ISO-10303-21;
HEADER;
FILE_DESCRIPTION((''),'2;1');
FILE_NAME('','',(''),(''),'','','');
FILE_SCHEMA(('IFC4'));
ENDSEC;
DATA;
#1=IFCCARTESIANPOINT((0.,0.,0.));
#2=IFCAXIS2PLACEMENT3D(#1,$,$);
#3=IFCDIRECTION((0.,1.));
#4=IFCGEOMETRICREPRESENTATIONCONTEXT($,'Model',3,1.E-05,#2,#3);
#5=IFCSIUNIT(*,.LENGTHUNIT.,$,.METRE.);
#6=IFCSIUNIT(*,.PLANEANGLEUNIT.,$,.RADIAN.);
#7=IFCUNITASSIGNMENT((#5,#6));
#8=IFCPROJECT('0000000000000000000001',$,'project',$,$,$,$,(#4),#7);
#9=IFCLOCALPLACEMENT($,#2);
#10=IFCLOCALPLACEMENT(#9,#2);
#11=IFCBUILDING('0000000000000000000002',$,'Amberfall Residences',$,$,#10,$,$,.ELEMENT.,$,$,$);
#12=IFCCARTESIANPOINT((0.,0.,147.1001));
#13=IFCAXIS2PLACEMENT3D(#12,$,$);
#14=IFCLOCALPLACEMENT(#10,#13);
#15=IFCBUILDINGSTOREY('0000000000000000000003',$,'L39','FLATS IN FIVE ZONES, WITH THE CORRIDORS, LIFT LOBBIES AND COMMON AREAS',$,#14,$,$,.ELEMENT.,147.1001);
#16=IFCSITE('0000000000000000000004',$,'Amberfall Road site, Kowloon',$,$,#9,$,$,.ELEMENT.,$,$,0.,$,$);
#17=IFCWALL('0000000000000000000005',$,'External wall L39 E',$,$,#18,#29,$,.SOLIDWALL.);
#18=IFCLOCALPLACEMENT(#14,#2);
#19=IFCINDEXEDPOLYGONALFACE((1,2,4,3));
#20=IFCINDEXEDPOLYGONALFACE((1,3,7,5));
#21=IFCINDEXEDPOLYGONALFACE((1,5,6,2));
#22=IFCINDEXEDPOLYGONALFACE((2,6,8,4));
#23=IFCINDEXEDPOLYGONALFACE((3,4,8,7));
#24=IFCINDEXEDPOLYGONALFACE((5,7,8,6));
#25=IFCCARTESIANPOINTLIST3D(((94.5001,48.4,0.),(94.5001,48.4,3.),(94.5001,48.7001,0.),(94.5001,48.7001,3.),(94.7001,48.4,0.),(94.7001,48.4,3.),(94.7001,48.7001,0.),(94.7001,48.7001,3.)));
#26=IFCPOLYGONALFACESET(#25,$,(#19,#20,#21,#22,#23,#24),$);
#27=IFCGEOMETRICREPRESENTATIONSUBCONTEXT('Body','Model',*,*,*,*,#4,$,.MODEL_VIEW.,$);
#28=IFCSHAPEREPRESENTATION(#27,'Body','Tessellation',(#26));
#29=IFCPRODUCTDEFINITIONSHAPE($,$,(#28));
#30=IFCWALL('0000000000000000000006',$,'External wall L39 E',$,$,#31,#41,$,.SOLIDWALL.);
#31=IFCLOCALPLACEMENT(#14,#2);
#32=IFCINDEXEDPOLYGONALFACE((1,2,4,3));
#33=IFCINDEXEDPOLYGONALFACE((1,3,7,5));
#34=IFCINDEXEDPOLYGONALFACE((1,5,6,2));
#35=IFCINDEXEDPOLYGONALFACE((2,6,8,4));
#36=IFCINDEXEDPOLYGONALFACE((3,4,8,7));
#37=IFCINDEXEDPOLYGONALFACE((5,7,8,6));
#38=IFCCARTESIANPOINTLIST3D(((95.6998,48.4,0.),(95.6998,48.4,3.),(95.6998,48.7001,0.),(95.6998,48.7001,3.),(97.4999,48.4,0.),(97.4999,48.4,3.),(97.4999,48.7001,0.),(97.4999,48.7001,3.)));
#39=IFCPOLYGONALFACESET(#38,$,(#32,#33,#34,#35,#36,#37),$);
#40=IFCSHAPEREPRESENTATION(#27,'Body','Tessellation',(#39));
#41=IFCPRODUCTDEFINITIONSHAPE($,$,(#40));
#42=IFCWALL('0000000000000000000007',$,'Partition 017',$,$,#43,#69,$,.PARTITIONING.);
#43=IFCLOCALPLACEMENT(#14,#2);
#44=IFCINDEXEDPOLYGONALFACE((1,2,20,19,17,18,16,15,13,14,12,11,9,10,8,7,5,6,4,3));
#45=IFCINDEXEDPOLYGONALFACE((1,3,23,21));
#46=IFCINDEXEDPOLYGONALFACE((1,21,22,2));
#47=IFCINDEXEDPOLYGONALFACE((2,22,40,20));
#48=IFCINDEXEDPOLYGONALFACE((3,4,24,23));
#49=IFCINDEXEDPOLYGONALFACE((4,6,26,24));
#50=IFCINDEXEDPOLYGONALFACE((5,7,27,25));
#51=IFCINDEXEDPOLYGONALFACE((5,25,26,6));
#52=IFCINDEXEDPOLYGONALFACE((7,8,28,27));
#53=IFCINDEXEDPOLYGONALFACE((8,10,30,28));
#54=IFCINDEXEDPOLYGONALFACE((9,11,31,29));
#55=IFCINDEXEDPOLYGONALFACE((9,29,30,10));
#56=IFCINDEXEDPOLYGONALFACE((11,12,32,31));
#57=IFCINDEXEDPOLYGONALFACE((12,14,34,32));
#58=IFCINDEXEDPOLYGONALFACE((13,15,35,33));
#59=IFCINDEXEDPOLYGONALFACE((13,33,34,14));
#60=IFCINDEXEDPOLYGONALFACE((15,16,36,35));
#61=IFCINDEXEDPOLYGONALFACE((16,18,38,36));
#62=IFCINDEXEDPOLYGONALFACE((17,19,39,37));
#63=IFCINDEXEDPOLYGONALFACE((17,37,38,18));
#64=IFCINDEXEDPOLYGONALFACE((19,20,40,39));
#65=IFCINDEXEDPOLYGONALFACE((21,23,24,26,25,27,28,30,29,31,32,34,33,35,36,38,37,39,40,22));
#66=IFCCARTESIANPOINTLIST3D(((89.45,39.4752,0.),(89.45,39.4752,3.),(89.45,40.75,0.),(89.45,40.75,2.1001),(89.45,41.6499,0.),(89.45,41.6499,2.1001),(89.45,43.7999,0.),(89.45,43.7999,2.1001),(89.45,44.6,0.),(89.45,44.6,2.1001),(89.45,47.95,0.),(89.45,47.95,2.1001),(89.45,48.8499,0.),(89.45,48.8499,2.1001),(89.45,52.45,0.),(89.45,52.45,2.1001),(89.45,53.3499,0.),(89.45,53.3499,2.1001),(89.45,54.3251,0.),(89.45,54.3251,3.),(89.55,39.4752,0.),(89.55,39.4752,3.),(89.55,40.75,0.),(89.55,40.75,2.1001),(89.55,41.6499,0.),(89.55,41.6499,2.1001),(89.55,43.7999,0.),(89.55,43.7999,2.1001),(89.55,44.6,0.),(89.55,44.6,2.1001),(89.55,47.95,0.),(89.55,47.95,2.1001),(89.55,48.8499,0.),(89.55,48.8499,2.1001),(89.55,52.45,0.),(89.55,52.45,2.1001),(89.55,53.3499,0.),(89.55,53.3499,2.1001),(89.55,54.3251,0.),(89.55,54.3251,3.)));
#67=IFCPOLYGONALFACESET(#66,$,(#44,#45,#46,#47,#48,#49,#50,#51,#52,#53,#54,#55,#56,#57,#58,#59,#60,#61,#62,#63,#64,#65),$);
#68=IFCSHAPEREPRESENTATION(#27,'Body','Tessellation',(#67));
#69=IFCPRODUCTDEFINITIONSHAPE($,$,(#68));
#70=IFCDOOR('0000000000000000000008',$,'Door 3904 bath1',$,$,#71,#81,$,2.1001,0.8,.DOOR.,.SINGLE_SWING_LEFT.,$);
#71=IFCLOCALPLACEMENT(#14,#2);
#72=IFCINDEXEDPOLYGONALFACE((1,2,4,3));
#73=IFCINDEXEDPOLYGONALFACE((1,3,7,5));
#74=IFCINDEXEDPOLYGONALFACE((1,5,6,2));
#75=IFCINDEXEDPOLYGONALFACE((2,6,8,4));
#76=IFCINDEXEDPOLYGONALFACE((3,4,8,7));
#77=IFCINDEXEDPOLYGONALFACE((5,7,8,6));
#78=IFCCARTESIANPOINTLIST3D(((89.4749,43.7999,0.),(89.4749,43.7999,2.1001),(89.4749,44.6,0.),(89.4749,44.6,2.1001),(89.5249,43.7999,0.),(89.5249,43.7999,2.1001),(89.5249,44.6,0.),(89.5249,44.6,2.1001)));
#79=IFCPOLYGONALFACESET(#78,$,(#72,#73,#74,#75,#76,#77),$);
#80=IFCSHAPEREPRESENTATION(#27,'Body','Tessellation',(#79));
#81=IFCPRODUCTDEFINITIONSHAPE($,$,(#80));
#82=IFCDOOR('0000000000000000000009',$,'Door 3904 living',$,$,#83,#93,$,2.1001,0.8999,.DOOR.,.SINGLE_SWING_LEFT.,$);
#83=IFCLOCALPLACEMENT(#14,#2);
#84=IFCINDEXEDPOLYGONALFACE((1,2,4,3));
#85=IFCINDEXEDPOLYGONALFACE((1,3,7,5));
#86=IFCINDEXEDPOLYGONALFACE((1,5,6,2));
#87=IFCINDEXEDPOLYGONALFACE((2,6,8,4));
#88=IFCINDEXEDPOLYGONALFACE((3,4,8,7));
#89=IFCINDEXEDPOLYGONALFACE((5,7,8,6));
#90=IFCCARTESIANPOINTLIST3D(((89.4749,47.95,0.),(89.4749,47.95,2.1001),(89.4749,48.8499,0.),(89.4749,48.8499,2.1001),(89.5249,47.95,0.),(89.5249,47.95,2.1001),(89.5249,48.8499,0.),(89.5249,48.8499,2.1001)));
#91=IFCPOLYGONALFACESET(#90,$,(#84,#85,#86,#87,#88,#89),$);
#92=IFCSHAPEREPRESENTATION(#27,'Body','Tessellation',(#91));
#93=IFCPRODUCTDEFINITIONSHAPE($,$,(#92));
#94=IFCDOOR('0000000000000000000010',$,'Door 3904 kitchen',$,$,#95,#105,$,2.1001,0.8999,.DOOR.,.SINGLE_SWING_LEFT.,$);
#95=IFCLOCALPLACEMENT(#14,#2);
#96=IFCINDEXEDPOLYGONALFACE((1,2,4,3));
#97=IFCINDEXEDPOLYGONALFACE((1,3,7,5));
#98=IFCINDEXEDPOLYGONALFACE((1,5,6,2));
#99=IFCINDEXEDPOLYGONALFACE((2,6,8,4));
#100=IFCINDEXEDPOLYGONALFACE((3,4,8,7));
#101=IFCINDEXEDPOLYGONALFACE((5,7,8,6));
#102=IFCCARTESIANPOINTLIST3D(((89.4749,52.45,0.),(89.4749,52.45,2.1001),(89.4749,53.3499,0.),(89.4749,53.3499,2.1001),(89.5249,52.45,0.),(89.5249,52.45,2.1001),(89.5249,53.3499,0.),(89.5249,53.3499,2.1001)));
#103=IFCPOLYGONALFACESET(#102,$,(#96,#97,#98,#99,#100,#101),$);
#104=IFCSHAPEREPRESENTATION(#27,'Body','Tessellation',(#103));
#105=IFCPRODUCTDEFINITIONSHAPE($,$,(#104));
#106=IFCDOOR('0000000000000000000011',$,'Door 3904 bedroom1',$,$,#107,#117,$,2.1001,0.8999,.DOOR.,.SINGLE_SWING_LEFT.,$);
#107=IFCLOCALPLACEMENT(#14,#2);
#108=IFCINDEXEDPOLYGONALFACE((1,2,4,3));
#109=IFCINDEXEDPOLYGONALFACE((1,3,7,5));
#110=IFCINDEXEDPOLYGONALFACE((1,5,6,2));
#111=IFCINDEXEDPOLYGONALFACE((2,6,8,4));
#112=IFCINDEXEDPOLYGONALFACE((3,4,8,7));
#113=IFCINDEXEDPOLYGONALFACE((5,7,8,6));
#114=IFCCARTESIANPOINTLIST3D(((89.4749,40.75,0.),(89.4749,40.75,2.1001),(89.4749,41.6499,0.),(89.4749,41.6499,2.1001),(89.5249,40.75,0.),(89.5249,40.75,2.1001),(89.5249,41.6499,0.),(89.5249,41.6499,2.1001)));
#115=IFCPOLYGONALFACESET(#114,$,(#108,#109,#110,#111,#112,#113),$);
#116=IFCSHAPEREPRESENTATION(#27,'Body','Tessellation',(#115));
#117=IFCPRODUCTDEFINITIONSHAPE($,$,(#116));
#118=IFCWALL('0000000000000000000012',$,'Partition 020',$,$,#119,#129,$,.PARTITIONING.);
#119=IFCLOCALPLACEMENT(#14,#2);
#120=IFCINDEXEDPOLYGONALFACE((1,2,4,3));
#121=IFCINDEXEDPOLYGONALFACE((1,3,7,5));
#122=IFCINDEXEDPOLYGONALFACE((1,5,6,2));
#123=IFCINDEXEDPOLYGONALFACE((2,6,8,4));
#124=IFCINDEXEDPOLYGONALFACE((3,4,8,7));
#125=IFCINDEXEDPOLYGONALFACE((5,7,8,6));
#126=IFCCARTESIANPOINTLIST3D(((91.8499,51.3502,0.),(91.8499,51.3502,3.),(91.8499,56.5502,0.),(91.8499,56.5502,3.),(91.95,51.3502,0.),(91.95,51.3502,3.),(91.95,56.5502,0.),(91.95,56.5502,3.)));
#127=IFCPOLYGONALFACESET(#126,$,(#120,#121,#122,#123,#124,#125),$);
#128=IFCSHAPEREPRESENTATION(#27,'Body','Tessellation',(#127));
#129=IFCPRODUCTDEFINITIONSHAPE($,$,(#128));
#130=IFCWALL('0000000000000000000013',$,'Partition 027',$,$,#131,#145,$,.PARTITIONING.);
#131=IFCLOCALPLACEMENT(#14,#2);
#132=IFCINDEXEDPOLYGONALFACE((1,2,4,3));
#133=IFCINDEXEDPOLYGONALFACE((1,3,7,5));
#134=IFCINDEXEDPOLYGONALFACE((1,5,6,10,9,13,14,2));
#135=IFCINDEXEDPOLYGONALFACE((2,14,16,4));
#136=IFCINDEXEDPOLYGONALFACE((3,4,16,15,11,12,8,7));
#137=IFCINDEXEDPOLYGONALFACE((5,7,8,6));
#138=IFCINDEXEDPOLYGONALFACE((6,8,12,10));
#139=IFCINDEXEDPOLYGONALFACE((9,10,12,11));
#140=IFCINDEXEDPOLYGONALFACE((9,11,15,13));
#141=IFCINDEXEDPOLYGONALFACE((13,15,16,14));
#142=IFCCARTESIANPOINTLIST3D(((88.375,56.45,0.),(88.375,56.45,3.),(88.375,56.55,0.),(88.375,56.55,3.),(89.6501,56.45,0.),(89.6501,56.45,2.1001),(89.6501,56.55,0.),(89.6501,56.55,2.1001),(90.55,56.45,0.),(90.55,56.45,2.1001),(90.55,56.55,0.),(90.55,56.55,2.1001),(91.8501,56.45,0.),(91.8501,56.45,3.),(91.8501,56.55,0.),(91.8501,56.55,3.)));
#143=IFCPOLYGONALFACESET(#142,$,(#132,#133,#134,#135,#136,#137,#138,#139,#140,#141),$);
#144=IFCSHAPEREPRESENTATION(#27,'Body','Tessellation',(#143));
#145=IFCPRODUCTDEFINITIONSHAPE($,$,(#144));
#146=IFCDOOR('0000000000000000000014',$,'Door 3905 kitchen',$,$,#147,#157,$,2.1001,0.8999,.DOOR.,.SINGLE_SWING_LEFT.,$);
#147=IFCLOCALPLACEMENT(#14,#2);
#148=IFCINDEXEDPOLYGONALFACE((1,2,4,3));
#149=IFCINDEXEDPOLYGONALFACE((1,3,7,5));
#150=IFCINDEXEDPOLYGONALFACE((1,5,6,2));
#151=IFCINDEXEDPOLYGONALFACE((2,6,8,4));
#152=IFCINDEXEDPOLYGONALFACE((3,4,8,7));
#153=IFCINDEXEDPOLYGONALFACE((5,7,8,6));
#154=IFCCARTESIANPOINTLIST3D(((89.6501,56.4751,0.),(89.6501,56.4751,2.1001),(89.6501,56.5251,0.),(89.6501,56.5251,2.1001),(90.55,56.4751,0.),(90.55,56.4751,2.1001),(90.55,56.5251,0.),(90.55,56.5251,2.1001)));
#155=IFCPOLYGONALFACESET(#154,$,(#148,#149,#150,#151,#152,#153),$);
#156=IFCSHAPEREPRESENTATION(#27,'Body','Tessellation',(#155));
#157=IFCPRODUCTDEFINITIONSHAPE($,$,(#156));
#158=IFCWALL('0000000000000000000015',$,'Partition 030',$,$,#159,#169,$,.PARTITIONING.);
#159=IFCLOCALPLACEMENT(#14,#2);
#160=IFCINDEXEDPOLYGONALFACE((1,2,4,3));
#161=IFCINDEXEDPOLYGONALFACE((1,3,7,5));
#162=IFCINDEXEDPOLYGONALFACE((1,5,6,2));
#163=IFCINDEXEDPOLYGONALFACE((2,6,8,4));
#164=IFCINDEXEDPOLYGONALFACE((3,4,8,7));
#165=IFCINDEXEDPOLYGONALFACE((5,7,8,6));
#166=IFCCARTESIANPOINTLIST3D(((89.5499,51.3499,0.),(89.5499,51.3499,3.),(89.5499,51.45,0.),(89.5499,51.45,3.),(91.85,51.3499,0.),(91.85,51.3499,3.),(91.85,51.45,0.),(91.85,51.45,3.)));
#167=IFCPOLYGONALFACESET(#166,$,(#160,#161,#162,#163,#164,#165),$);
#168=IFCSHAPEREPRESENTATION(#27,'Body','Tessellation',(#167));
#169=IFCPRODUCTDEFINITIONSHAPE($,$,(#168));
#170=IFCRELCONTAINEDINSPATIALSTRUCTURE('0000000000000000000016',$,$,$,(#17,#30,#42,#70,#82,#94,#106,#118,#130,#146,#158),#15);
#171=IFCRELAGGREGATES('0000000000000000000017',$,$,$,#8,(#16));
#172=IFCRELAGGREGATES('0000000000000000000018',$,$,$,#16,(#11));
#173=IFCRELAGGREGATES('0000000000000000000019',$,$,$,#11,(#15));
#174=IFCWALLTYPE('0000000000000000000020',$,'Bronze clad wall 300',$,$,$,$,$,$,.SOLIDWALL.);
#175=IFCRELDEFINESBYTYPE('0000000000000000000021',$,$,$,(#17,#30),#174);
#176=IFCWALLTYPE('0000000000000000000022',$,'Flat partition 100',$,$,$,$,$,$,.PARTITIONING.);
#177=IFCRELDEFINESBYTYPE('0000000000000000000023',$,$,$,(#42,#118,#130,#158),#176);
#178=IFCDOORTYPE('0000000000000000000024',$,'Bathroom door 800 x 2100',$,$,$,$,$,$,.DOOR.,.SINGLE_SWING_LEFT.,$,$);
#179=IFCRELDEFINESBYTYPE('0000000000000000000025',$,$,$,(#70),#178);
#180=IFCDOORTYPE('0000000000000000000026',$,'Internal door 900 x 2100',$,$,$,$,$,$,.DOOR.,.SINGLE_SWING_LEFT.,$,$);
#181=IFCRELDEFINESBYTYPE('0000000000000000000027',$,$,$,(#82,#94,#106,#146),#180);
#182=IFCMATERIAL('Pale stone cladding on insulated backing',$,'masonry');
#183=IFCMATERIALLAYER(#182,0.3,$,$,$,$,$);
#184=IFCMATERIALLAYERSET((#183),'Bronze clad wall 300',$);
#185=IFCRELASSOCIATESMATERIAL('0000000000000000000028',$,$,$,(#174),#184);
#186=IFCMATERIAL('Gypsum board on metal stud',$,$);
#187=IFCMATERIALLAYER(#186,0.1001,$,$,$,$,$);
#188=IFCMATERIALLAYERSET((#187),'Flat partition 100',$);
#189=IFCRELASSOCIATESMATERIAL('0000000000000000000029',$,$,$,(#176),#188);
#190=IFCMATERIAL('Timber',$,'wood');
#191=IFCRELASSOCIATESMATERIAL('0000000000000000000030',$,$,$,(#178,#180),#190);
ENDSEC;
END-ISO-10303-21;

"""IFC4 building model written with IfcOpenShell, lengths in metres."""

from ifc_helpers import new_model, si_unit, direction, frame, frame_2d, origin, place, context, subcontext, project, spatial, rectangle, extrude, material, layer, layer_set, type_object, element, fill, save


model = new_model("IFC4")

# Units and contexts
model_context = context("Model", 3, precision=1e-05, world=origin(), true_north=direction((0.0, 1.0)))
body_context = subcontext(model_context, "Body", "Model", "MODEL_VIEW")
ifc_project = project(units=[si_unit("LENGTHUNIT", "METRE"), si_unit("PLANEANGLEUNIT", "RADIAN")], contexts=[model_context])

# Site, building, storey
site_placement = place(None, origin())
site = spatial("IfcSite", under=ifc_project, at=site_placement, Name="Amberfall Road site, Kowloon", CompositionType="ELEMENT", RefElevation=0.0)
building_placement = place(site_placement, origin())
building = spatial("IfcBuilding", under=site, at=building_placement, Name="Amberfall Residences", CompositionType="ELEMENT")
storey_placement = place(building_placement, frame((0.0, 0.0, 147.1001)))
storey = spatial("IfcBuildingStorey", under=building, at=storey_placement, Name="L39", Description="FLATS IN FIVE ZONES, WITH THE CORRIDORS, LIFT LOBBIES AND COMMON AREAS", CompositionType="ELEMENT", Elevation=147.1001)

# Walls
ifc_material_1 = material(Name="Pale stone cladding on insulated backing", Category="masonry")
ifc_layer_1 = layer(ifc_material_1, 0.3)
ifc_layer_set_1 = layer_set([ifc_layer_1], Name="Bronze clad wall 300")
wall_type_1 = type_object("IfcWallType", Name="Bronze clad wall 300", PredefinedType="SOLIDWALL", material=ifc_layer_set_1)
wall_1_placement = place(storey_placement, frame((94.5, 48.55, 0.0), z_axis=(0.0, 0.0, 1.0), x_axis=(1.0, 0.0, 0.0)))
element("IfcWall", 1, at=wall_1_placement, inside=storey, type_object=wall_type_1, Name="External wall L39 E", PredefinedType="SOLIDWALL", context=body_context, shape_type="SweptSolid", body=[
    extrude(rectangle(XDim=0.2, YDim=0.3, at=frame_2d((0.1001, 0.0))), origin(), (0.0, 0.0, 1.0), 3.0),
])
wall_2_placement = place(storey_placement, frame((95.7, 48.55, 0.0), z_axis=(0.0, 0.0, 1.0), x_axis=(1.0, 0.0, 0.0)))
element("IfcWall", 2, at=wall_2_placement, inside=storey, type_object=wall_type_1, Name="External wall L39 E", PredefinedType="SOLIDWALL", context=body_context, shape_type="SweptSolid", body=[
    extrude(rectangle(XDim=1.8, YDim=0.3, at=frame_2d((0.8999, 0.0))), origin(), (0.0, 0.0, 1.0), 3.0),
])

# Wall, openings, doors
ifc_material_2 = material(Name="Gypsum board on metal stud")
ifc_layer_2 = layer(ifc_material_2, 0.1001)
ifc_layer_set_2 = layer_set([ifc_layer_2], Name="Flat partition 100")
wall_type_2 = type_object("IfcWallType", Name="Flat partition 100", PredefinedType="PARTITIONING", material=ifc_layer_set_2)
wall_3_placement = place(storey_placement, frame((89.5, 54.325, 0.0), z_axis=(0.0, 0.0, 1.0), x_axis=(0.0, -1.0, 0.0)))
wall_3 = element("IfcWall", 3, at=wall_3_placement, inside=storey, type_object=wall_type_2, Name="Partition 017", PredefinedType="PARTITIONING", context=body_context, shape_type="SweptSolid", body=[
    extrude(rectangle(XDim=14.8499, YDim=0.1001, at=frame_2d((7.4248, 0.0))), origin(), (0.0, 0.0, 1.0), 3.0),
])
opening_1_placement = place(wall_3_placement, frame((5.4751, 0.0, 0.0)))
opening_1 = element("IfcOpeningElement", 4, at=opening_1_placement, cuts=wall_3, PredefinedType="OPENING", context=body_context, shape_type="SweptSolid", body=[
    extrude(rectangle(XDim=0.8999, YDim=2.1001, at=frame_2d((0.45, 1.05))), frame((0.0, 0.0601, 0.0), z_axis=(0.0, -1.0, 0.0), x_axis=(1.0, 0.0, 0.0)), (0.0, 0.0, 1.0), 0.1201),
])
opening_2_placement = place(wall_3_placement, frame((0.9751, 0.0, 0.0)))
opening_2 = element("IfcOpeningElement", 5, at=opening_2_placement, cuts=wall_3, PredefinedType="OPENING", context=body_context, shape_type="SweptSolid", body=[
    extrude(rectangle(XDim=0.8999, YDim=2.1001, at=frame_2d((0.45, 1.05))), frame((0.0, 0.0601, 0.0), z_axis=(0.0, -1.0, 0.0), x_axis=(1.0, 0.0, 0.0)), (0.0, 0.0, 1.0), 0.1201),
])
opening_3_placement = place(wall_3_placement, frame((12.675, 0.0, 0.0)))
opening_3 = element("IfcOpeningElement", 6, at=opening_3_placement, cuts=wall_3, PredefinedType="OPENING", context=body_context, shape_type="SweptSolid", body=[
    extrude(rectangle(XDim=0.8999, YDim=2.1001, at=frame_2d((0.45, 1.05))), frame((0.0, 0.0601, 0.0), z_axis=(0.0, -1.0, 0.0), x_axis=(1.0, 0.0, 0.0)), (0.0, 0.0, 1.0), 0.1201),
])
opening_4_placement = place(wall_3_placement, frame((9.7251, 0.0, 0.0)))
opening_4 = element("IfcOpeningElement", 7, at=opening_4_placement, cuts=wall_3, PredefinedType="OPENING", context=body_context, shape_type="SweptSolid", body=[
    extrude(rectangle(XDim=0.8, YDim=2.1001, at=frame_2d((0.3999, 1.05))), frame((0.0, 0.0601, 0.0), z_axis=(0.0, -1.0, 0.0), x_axis=(1.0, 0.0, 0.0)), (0.0, 0.0, 1.0), 0.1201),
])
ifc_material_3 = material(Name="Timber", Category="wood")
door_type_1 = type_object("IfcDoorType", Name="Bathroom door 800 x 2100", OperationType="SINGLE_SWING_LEFT", PredefinedType="DOOR", material=ifc_material_3)
door_1_placement = place(opening_4_placement, origin())
door_1 = element("IfcDoor", 8, at=door_1_placement, inside=storey, type_object=door_type_1, Name="Door 3904 bath1", OperationType="SINGLE_SWING_LEFT", OverallHeight=2.1001, OverallWidth=0.8, PredefinedType="DOOR", context=body_context, shape_type="SweptSolid", body=[
    extrude(rectangle(XDim=0.8, YDim=2.1001, at=frame_2d((0.3999, 1.05))), frame((0.0, 0.0249, 0.0), z_axis=(0.0, -1.0, 0.0), x_axis=(1.0, 0.0, 0.0)), (0.0, 0.0, 1.0), 0.05),
])
fill(opening_4, door_1)
door_type_2 = type_object("IfcDoorType", Name="Internal door 900 x 2100", OperationType="SINGLE_SWING_LEFT", PredefinedType="DOOR", material=ifc_material_3)
door_2_placement = place(opening_1_placement, origin())
door_2 = element("IfcDoor", 9, at=door_2_placement, inside=storey, type_object=door_type_2, Name="Door 3904 living", OperationType="SINGLE_SWING_LEFT", OverallHeight=2.1001, OverallWidth=0.8999, PredefinedType="DOOR", context=body_context, shape_type="SweptSolid", body=[
    extrude(rectangle(XDim=0.8999, YDim=2.1001, at=frame_2d((0.45, 1.05))), frame((0.0, 0.0249, 0.0), z_axis=(0.0, -1.0, 0.0), x_axis=(1.0, 0.0, 0.0)), (0.0, 0.0, 1.0), 0.05),
])
fill(opening_1, door_2)
door_3_placement = place(opening_2_placement, origin())
door_3 = element("IfcDoor", 10, at=door_3_placement, inside=storey, type_object=door_type_2, Name="Door 3904 kitchen", OperationType="SINGLE_SWING_LEFT", OverallHeight=2.1001, OverallWidth=0.8999, PredefinedType="DOOR", context=body_context, shape_type="SweptSolid", body=[
    extrude(rectangle(XDim=0.8999, YDim=2.1001, at=frame_2d((0.45, 1.05))), frame((0.0, 0.0249, 0.0), z_axis=(0.0, -1.0, 0.0), x_axis=(1.0, 0.0, 0.0)), (0.0, 0.0, 1.0), 0.05),
])
fill(opening_2, door_3)
door_4_placement = place(opening_3_placement, origin())
door_4 = element("IfcDoor", 11, at=door_4_placement, inside=storey, type_object=door_type_2, Name="Door 3904 bedroom1", OperationType="SINGLE_SWING_LEFT", OverallHeight=2.1001, OverallWidth=0.8999, PredefinedType="DOOR", context=body_context, shape_type="SweptSolid", body=[
    extrude(rectangle(XDim=0.8999, YDim=2.1001, at=frame_2d((0.45, 1.05))), frame((0.0, 0.0249, 0.0), z_axis=(0.0, -1.0, 0.0), x_axis=(1.0, 0.0, 0.0)), (0.0, 0.0, 1.0), 0.05),
])
fill(opening_3, door_4)

# Wall
wall_4_placement = place(storey_placement, frame((91.8999, 51.3501, 0.0), z_axis=(0.0, 0.0, 1.0), x_axis=(0.0, 1.0, 0.0)))
element("IfcWall", 12, at=wall_4_placement, inside=storey, type_object=wall_type_2, Name="Partition 020", PredefinedType="PARTITIONING", context=body_context, shape_type="SweptSolid", body=[
    extrude(rectangle(XDim=5.2, YDim=0.1001, at=frame_2d((2.6001, 0.0))), origin(), (0.0, 0.0, 1.0), 3.0),
])

# Wall, opening, door
wall_5_placement = place(storey_placement, frame((91.8501, 56.5, 0.0), z_axis=(0.0, 0.0, 1.0), x_axis=(-1.0, 0.0, 0.0)))
wall_5 = element("IfcWall", 13, at=wall_5_placement, inside=storey, type_object=wall_type_2, Name="Partition 027", PredefinedType="PARTITIONING", context=body_context, shape_type="SweptSolid", body=[
    extrude(rectangle(XDim=3.4751, YDim=0.1001, at=frame_2d((1.7375, 0.0))), origin(), (0.0, 0.0, 1.0), 3.0),
])
opening_5_placement = place(wall_5_placement, frame((1.3, 0.0, 0.0)))
opening_5 = element("IfcOpeningElement", 14, at=opening_5_placement, cuts=wall_5, PredefinedType="OPENING", context=body_context, shape_type="SweptSolid", body=[
    extrude(rectangle(XDim=0.8999, YDim=2.1001, at=frame_2d((0.45, 1.05))), frame((0.0, 0.0601, 0.0), z_axis=(0.0, -1.0, 0.0), x_axis=(1.0, 0.0, 0.0)), (0.0, 0.0, 1.0), 0.1201),
])
door_5_placement = place(opening_5_placement, origin())
door_5 = element("IfcDoor", 15, at=door_5_placement, inside=storey, type_object=door_type_2, Name="Door 3905 kitchen", OperationType="SINGLE_SWING_LEFT", OverallHeight=2.1001, OverallWidth=0.8999, PredefinedType="DOOR", context=body_context, shape_type="SweptSolid", body=[
    extrude(rectangle(XDim=0.8999, YDim=2.1001, at=frame_2d((0.45, 1.05))), frame((0.0, 0.0249, 0.0), z_axis=(0.0, -1.0, 0.0), x_axis=(1.0, 0.0, 0.0)), (0.0, 0.0, 1.0), 0.05),
])
fill(opening_5, door_5)

# Wall
wall_6_placement = place(storey_placement, frame((89.55, 51.3999, 0.0), z_axis=(0.0, 0.0, 1.0), x_axis=(1.0, 0.0, 0.0)))
element("IfcWall", 16, at=wall_6_placement, inside=storey, type_object=wall_type_2, Name="Partition 030", PredefinedType="PARTITIONING", context=body_context, shape_type="SweptSolid", body=[
    extrude(rectangle(XDim=2.3, YDim=0.1001, at=frame_2d((1.1499, 0.0))), origin(), (0.0, 0.0, 1.0), 3.0),
])

save(model, "model.ifc")
